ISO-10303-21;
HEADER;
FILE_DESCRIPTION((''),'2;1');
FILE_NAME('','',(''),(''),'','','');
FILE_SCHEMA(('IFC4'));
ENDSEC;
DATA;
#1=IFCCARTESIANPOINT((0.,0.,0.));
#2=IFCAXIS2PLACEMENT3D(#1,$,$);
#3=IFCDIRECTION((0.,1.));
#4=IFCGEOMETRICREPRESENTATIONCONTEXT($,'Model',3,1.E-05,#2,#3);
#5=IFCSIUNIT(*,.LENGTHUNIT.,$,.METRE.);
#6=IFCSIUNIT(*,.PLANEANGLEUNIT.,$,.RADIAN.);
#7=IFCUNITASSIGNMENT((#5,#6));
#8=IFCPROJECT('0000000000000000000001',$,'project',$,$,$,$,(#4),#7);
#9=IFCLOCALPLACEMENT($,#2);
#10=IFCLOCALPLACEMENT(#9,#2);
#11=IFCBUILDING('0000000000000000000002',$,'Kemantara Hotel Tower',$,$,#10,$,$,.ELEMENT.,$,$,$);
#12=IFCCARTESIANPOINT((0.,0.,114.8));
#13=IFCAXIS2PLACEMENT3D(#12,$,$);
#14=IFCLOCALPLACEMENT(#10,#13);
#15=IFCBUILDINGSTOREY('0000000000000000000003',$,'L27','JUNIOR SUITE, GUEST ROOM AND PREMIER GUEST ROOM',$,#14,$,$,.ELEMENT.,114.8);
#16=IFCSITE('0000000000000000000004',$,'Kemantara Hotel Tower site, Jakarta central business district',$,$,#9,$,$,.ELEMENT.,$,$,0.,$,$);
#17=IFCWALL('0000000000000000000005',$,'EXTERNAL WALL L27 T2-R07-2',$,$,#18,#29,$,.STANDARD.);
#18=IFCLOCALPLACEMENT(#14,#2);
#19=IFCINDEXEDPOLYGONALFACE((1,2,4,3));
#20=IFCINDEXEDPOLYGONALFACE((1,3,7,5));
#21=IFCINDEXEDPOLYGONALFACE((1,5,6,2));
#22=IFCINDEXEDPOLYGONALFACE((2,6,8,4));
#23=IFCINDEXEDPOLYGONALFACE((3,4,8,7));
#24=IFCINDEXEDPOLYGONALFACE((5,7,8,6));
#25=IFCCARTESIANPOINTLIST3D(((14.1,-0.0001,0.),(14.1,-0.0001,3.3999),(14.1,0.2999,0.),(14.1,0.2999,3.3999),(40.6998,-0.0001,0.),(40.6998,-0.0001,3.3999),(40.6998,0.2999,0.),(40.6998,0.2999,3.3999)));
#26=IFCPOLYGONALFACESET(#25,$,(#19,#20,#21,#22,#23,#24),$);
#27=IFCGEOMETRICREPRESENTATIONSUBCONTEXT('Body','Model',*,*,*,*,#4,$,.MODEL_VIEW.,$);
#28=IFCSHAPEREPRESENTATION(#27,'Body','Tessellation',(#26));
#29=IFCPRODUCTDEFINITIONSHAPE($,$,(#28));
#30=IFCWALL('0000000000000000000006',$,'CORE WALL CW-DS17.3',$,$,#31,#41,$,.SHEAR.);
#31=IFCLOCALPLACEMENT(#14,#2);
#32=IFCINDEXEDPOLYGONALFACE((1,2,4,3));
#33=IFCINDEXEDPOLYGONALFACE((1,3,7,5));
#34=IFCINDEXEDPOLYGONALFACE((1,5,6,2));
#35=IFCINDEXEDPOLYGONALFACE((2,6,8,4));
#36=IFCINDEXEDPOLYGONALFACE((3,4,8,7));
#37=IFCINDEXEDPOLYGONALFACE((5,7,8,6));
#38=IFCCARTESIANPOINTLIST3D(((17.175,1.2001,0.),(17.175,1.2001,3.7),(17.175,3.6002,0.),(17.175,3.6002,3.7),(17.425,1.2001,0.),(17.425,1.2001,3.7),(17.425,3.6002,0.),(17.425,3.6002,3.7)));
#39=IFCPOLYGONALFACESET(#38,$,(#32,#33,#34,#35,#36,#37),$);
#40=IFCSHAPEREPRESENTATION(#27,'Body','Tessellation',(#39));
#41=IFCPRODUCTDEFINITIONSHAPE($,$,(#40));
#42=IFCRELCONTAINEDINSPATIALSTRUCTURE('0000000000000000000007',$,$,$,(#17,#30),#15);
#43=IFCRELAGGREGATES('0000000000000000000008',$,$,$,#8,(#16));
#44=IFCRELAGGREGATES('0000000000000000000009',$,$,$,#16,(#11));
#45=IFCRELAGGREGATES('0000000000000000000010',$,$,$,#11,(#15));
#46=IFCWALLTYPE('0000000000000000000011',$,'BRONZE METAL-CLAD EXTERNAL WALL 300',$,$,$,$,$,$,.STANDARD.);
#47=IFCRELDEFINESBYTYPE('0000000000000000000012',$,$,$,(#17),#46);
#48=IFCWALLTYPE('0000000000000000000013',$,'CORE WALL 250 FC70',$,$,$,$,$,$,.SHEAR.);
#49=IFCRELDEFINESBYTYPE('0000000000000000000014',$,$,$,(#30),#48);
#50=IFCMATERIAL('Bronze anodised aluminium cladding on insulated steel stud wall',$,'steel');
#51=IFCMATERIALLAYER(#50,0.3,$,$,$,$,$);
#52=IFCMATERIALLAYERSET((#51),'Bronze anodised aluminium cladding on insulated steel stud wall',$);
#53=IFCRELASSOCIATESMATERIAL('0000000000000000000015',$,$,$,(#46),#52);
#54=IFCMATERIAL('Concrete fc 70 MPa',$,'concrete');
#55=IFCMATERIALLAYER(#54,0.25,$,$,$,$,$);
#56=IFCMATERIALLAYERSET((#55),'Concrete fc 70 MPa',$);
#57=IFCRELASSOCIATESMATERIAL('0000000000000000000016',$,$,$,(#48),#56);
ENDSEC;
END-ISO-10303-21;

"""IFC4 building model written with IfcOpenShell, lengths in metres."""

from ifc_helpers import new_model, si_unit, direction, frame, frame_2d, origin, place, context, subcontext, project, spatial, rectangle, extrude, material, layer, layer_set, type_object, element, save


model = new_model("IFC4")

# Units and contexts
model_context = context("Model", 3, precision=1e-05, world=origin(), true_north=direction((0.0, 1.0)))
body_context = subcontext(model_context, "Body", "Model", "MODEL_VIEW")
ifc_project = project(units=[si_unit("LENGTHUNIT", "METRE"), si_unit("PLANEANGLEUNIT", "RADIAN")], contexts=[model_context])

# Site, building, storey
site_placement = place(None, origin())
site = spatial("IfcSite", under=ifc_project, at=site_placement, Name="Kemantara Hotel Tower site, Jakarta central business district", CompositionType="ELEMENT", RefElevation=0.0)
building_placement = place(site_placement, origin())
building = spatial("IfcBuilding", under=site, at=building_placement, Name="Kemantara Hotel Tower", CompositionType="ELEMENT")
storey_placement = place(building_placement, frame((0.0, 0.0, 114.8)))
storey = spatial("IfcBuildingStorey", under=building, at=storey_placement, Name="L27", Description="JUNIOR SUITE, GUEST ROOM AND PREMIER GUEST ROOM", CompositionType="ELEMENT", Elevation=114.8)

# Walls
ifc_material_1 = material(Name="Bronze anodised aluminium cladding on insulated steel stud wall", Category="steel")
ifc_layer_1 = layer(ifc_material_1, 0.3)
ifc_layer_set_1 = layer_set([ifc_layer_1], Name="Bronze anodised aluminium cladding on insulated steel stud wall")
wall_type_1 = type_object("IfcWallType", Name="BRONZE METAL-CLAD EXTERNAL WALL 300", PredefinedType="STANDARD", material=ifc_layer_set_1)
wall_1_placement = place(storey_placement, frame((14.1001, 0.1499, 0.0), z_axis=(0.0, 0.0, 1.0), x_axis=(1.0, 0.0, 0.0)))
element("IfcWall", 1, at=wall_1_placement, inside=storey, type_object=wall_type_1, Name="EXTERNAL WALL L27 T2-R07-2", PredefinedType="STANDARD", context=body_context, shape_type="SweptSolid", body=[
    extrude(rectangle(XDim=26.5999, YDim=0.3, at=frame_2d((13.2998, 0.0))), origin(), (0.0, 0.0, 1.0), 3.3999),
])
ifc_material_2 = material(Name="Concrete fc 70 MPa", Category="concrete")
ifc_layer_2 = layer(ifc_material_2, 0.25)
ifc_layer_set_2 = layer_set([ifc_layer_2], Name="Concrete fc 70 MPa")
wall_type_2 = type_object("IfcWallType", Name="CORE WALL 250 FC70", PredefinedType="SHEAR", material=ifc_layer_set_2)
wall_2_placement = place(storey_placement, frame((17.3, 1.2, 0.0), z_axis=(0.0, 0.0, 1.0), x_axis=(0.0, 1.0, 0.0)))
element("IfcWall", 2, at=wall_2_placement, inside=storey, type_object=wall_type_2, Name="CORE WALL CW-DS17.3", PredefinedType="SHEAR", context=body_context, shape_type="SweptSolid", body=[
    extrude(rectangle(XDim=2.4001, YDim=0.25, at=frame_2d((1.2002, 0.0))), origin(), (0.0, 0.0, 1.0), 3.7),
])

save(model, "model.ifc")
